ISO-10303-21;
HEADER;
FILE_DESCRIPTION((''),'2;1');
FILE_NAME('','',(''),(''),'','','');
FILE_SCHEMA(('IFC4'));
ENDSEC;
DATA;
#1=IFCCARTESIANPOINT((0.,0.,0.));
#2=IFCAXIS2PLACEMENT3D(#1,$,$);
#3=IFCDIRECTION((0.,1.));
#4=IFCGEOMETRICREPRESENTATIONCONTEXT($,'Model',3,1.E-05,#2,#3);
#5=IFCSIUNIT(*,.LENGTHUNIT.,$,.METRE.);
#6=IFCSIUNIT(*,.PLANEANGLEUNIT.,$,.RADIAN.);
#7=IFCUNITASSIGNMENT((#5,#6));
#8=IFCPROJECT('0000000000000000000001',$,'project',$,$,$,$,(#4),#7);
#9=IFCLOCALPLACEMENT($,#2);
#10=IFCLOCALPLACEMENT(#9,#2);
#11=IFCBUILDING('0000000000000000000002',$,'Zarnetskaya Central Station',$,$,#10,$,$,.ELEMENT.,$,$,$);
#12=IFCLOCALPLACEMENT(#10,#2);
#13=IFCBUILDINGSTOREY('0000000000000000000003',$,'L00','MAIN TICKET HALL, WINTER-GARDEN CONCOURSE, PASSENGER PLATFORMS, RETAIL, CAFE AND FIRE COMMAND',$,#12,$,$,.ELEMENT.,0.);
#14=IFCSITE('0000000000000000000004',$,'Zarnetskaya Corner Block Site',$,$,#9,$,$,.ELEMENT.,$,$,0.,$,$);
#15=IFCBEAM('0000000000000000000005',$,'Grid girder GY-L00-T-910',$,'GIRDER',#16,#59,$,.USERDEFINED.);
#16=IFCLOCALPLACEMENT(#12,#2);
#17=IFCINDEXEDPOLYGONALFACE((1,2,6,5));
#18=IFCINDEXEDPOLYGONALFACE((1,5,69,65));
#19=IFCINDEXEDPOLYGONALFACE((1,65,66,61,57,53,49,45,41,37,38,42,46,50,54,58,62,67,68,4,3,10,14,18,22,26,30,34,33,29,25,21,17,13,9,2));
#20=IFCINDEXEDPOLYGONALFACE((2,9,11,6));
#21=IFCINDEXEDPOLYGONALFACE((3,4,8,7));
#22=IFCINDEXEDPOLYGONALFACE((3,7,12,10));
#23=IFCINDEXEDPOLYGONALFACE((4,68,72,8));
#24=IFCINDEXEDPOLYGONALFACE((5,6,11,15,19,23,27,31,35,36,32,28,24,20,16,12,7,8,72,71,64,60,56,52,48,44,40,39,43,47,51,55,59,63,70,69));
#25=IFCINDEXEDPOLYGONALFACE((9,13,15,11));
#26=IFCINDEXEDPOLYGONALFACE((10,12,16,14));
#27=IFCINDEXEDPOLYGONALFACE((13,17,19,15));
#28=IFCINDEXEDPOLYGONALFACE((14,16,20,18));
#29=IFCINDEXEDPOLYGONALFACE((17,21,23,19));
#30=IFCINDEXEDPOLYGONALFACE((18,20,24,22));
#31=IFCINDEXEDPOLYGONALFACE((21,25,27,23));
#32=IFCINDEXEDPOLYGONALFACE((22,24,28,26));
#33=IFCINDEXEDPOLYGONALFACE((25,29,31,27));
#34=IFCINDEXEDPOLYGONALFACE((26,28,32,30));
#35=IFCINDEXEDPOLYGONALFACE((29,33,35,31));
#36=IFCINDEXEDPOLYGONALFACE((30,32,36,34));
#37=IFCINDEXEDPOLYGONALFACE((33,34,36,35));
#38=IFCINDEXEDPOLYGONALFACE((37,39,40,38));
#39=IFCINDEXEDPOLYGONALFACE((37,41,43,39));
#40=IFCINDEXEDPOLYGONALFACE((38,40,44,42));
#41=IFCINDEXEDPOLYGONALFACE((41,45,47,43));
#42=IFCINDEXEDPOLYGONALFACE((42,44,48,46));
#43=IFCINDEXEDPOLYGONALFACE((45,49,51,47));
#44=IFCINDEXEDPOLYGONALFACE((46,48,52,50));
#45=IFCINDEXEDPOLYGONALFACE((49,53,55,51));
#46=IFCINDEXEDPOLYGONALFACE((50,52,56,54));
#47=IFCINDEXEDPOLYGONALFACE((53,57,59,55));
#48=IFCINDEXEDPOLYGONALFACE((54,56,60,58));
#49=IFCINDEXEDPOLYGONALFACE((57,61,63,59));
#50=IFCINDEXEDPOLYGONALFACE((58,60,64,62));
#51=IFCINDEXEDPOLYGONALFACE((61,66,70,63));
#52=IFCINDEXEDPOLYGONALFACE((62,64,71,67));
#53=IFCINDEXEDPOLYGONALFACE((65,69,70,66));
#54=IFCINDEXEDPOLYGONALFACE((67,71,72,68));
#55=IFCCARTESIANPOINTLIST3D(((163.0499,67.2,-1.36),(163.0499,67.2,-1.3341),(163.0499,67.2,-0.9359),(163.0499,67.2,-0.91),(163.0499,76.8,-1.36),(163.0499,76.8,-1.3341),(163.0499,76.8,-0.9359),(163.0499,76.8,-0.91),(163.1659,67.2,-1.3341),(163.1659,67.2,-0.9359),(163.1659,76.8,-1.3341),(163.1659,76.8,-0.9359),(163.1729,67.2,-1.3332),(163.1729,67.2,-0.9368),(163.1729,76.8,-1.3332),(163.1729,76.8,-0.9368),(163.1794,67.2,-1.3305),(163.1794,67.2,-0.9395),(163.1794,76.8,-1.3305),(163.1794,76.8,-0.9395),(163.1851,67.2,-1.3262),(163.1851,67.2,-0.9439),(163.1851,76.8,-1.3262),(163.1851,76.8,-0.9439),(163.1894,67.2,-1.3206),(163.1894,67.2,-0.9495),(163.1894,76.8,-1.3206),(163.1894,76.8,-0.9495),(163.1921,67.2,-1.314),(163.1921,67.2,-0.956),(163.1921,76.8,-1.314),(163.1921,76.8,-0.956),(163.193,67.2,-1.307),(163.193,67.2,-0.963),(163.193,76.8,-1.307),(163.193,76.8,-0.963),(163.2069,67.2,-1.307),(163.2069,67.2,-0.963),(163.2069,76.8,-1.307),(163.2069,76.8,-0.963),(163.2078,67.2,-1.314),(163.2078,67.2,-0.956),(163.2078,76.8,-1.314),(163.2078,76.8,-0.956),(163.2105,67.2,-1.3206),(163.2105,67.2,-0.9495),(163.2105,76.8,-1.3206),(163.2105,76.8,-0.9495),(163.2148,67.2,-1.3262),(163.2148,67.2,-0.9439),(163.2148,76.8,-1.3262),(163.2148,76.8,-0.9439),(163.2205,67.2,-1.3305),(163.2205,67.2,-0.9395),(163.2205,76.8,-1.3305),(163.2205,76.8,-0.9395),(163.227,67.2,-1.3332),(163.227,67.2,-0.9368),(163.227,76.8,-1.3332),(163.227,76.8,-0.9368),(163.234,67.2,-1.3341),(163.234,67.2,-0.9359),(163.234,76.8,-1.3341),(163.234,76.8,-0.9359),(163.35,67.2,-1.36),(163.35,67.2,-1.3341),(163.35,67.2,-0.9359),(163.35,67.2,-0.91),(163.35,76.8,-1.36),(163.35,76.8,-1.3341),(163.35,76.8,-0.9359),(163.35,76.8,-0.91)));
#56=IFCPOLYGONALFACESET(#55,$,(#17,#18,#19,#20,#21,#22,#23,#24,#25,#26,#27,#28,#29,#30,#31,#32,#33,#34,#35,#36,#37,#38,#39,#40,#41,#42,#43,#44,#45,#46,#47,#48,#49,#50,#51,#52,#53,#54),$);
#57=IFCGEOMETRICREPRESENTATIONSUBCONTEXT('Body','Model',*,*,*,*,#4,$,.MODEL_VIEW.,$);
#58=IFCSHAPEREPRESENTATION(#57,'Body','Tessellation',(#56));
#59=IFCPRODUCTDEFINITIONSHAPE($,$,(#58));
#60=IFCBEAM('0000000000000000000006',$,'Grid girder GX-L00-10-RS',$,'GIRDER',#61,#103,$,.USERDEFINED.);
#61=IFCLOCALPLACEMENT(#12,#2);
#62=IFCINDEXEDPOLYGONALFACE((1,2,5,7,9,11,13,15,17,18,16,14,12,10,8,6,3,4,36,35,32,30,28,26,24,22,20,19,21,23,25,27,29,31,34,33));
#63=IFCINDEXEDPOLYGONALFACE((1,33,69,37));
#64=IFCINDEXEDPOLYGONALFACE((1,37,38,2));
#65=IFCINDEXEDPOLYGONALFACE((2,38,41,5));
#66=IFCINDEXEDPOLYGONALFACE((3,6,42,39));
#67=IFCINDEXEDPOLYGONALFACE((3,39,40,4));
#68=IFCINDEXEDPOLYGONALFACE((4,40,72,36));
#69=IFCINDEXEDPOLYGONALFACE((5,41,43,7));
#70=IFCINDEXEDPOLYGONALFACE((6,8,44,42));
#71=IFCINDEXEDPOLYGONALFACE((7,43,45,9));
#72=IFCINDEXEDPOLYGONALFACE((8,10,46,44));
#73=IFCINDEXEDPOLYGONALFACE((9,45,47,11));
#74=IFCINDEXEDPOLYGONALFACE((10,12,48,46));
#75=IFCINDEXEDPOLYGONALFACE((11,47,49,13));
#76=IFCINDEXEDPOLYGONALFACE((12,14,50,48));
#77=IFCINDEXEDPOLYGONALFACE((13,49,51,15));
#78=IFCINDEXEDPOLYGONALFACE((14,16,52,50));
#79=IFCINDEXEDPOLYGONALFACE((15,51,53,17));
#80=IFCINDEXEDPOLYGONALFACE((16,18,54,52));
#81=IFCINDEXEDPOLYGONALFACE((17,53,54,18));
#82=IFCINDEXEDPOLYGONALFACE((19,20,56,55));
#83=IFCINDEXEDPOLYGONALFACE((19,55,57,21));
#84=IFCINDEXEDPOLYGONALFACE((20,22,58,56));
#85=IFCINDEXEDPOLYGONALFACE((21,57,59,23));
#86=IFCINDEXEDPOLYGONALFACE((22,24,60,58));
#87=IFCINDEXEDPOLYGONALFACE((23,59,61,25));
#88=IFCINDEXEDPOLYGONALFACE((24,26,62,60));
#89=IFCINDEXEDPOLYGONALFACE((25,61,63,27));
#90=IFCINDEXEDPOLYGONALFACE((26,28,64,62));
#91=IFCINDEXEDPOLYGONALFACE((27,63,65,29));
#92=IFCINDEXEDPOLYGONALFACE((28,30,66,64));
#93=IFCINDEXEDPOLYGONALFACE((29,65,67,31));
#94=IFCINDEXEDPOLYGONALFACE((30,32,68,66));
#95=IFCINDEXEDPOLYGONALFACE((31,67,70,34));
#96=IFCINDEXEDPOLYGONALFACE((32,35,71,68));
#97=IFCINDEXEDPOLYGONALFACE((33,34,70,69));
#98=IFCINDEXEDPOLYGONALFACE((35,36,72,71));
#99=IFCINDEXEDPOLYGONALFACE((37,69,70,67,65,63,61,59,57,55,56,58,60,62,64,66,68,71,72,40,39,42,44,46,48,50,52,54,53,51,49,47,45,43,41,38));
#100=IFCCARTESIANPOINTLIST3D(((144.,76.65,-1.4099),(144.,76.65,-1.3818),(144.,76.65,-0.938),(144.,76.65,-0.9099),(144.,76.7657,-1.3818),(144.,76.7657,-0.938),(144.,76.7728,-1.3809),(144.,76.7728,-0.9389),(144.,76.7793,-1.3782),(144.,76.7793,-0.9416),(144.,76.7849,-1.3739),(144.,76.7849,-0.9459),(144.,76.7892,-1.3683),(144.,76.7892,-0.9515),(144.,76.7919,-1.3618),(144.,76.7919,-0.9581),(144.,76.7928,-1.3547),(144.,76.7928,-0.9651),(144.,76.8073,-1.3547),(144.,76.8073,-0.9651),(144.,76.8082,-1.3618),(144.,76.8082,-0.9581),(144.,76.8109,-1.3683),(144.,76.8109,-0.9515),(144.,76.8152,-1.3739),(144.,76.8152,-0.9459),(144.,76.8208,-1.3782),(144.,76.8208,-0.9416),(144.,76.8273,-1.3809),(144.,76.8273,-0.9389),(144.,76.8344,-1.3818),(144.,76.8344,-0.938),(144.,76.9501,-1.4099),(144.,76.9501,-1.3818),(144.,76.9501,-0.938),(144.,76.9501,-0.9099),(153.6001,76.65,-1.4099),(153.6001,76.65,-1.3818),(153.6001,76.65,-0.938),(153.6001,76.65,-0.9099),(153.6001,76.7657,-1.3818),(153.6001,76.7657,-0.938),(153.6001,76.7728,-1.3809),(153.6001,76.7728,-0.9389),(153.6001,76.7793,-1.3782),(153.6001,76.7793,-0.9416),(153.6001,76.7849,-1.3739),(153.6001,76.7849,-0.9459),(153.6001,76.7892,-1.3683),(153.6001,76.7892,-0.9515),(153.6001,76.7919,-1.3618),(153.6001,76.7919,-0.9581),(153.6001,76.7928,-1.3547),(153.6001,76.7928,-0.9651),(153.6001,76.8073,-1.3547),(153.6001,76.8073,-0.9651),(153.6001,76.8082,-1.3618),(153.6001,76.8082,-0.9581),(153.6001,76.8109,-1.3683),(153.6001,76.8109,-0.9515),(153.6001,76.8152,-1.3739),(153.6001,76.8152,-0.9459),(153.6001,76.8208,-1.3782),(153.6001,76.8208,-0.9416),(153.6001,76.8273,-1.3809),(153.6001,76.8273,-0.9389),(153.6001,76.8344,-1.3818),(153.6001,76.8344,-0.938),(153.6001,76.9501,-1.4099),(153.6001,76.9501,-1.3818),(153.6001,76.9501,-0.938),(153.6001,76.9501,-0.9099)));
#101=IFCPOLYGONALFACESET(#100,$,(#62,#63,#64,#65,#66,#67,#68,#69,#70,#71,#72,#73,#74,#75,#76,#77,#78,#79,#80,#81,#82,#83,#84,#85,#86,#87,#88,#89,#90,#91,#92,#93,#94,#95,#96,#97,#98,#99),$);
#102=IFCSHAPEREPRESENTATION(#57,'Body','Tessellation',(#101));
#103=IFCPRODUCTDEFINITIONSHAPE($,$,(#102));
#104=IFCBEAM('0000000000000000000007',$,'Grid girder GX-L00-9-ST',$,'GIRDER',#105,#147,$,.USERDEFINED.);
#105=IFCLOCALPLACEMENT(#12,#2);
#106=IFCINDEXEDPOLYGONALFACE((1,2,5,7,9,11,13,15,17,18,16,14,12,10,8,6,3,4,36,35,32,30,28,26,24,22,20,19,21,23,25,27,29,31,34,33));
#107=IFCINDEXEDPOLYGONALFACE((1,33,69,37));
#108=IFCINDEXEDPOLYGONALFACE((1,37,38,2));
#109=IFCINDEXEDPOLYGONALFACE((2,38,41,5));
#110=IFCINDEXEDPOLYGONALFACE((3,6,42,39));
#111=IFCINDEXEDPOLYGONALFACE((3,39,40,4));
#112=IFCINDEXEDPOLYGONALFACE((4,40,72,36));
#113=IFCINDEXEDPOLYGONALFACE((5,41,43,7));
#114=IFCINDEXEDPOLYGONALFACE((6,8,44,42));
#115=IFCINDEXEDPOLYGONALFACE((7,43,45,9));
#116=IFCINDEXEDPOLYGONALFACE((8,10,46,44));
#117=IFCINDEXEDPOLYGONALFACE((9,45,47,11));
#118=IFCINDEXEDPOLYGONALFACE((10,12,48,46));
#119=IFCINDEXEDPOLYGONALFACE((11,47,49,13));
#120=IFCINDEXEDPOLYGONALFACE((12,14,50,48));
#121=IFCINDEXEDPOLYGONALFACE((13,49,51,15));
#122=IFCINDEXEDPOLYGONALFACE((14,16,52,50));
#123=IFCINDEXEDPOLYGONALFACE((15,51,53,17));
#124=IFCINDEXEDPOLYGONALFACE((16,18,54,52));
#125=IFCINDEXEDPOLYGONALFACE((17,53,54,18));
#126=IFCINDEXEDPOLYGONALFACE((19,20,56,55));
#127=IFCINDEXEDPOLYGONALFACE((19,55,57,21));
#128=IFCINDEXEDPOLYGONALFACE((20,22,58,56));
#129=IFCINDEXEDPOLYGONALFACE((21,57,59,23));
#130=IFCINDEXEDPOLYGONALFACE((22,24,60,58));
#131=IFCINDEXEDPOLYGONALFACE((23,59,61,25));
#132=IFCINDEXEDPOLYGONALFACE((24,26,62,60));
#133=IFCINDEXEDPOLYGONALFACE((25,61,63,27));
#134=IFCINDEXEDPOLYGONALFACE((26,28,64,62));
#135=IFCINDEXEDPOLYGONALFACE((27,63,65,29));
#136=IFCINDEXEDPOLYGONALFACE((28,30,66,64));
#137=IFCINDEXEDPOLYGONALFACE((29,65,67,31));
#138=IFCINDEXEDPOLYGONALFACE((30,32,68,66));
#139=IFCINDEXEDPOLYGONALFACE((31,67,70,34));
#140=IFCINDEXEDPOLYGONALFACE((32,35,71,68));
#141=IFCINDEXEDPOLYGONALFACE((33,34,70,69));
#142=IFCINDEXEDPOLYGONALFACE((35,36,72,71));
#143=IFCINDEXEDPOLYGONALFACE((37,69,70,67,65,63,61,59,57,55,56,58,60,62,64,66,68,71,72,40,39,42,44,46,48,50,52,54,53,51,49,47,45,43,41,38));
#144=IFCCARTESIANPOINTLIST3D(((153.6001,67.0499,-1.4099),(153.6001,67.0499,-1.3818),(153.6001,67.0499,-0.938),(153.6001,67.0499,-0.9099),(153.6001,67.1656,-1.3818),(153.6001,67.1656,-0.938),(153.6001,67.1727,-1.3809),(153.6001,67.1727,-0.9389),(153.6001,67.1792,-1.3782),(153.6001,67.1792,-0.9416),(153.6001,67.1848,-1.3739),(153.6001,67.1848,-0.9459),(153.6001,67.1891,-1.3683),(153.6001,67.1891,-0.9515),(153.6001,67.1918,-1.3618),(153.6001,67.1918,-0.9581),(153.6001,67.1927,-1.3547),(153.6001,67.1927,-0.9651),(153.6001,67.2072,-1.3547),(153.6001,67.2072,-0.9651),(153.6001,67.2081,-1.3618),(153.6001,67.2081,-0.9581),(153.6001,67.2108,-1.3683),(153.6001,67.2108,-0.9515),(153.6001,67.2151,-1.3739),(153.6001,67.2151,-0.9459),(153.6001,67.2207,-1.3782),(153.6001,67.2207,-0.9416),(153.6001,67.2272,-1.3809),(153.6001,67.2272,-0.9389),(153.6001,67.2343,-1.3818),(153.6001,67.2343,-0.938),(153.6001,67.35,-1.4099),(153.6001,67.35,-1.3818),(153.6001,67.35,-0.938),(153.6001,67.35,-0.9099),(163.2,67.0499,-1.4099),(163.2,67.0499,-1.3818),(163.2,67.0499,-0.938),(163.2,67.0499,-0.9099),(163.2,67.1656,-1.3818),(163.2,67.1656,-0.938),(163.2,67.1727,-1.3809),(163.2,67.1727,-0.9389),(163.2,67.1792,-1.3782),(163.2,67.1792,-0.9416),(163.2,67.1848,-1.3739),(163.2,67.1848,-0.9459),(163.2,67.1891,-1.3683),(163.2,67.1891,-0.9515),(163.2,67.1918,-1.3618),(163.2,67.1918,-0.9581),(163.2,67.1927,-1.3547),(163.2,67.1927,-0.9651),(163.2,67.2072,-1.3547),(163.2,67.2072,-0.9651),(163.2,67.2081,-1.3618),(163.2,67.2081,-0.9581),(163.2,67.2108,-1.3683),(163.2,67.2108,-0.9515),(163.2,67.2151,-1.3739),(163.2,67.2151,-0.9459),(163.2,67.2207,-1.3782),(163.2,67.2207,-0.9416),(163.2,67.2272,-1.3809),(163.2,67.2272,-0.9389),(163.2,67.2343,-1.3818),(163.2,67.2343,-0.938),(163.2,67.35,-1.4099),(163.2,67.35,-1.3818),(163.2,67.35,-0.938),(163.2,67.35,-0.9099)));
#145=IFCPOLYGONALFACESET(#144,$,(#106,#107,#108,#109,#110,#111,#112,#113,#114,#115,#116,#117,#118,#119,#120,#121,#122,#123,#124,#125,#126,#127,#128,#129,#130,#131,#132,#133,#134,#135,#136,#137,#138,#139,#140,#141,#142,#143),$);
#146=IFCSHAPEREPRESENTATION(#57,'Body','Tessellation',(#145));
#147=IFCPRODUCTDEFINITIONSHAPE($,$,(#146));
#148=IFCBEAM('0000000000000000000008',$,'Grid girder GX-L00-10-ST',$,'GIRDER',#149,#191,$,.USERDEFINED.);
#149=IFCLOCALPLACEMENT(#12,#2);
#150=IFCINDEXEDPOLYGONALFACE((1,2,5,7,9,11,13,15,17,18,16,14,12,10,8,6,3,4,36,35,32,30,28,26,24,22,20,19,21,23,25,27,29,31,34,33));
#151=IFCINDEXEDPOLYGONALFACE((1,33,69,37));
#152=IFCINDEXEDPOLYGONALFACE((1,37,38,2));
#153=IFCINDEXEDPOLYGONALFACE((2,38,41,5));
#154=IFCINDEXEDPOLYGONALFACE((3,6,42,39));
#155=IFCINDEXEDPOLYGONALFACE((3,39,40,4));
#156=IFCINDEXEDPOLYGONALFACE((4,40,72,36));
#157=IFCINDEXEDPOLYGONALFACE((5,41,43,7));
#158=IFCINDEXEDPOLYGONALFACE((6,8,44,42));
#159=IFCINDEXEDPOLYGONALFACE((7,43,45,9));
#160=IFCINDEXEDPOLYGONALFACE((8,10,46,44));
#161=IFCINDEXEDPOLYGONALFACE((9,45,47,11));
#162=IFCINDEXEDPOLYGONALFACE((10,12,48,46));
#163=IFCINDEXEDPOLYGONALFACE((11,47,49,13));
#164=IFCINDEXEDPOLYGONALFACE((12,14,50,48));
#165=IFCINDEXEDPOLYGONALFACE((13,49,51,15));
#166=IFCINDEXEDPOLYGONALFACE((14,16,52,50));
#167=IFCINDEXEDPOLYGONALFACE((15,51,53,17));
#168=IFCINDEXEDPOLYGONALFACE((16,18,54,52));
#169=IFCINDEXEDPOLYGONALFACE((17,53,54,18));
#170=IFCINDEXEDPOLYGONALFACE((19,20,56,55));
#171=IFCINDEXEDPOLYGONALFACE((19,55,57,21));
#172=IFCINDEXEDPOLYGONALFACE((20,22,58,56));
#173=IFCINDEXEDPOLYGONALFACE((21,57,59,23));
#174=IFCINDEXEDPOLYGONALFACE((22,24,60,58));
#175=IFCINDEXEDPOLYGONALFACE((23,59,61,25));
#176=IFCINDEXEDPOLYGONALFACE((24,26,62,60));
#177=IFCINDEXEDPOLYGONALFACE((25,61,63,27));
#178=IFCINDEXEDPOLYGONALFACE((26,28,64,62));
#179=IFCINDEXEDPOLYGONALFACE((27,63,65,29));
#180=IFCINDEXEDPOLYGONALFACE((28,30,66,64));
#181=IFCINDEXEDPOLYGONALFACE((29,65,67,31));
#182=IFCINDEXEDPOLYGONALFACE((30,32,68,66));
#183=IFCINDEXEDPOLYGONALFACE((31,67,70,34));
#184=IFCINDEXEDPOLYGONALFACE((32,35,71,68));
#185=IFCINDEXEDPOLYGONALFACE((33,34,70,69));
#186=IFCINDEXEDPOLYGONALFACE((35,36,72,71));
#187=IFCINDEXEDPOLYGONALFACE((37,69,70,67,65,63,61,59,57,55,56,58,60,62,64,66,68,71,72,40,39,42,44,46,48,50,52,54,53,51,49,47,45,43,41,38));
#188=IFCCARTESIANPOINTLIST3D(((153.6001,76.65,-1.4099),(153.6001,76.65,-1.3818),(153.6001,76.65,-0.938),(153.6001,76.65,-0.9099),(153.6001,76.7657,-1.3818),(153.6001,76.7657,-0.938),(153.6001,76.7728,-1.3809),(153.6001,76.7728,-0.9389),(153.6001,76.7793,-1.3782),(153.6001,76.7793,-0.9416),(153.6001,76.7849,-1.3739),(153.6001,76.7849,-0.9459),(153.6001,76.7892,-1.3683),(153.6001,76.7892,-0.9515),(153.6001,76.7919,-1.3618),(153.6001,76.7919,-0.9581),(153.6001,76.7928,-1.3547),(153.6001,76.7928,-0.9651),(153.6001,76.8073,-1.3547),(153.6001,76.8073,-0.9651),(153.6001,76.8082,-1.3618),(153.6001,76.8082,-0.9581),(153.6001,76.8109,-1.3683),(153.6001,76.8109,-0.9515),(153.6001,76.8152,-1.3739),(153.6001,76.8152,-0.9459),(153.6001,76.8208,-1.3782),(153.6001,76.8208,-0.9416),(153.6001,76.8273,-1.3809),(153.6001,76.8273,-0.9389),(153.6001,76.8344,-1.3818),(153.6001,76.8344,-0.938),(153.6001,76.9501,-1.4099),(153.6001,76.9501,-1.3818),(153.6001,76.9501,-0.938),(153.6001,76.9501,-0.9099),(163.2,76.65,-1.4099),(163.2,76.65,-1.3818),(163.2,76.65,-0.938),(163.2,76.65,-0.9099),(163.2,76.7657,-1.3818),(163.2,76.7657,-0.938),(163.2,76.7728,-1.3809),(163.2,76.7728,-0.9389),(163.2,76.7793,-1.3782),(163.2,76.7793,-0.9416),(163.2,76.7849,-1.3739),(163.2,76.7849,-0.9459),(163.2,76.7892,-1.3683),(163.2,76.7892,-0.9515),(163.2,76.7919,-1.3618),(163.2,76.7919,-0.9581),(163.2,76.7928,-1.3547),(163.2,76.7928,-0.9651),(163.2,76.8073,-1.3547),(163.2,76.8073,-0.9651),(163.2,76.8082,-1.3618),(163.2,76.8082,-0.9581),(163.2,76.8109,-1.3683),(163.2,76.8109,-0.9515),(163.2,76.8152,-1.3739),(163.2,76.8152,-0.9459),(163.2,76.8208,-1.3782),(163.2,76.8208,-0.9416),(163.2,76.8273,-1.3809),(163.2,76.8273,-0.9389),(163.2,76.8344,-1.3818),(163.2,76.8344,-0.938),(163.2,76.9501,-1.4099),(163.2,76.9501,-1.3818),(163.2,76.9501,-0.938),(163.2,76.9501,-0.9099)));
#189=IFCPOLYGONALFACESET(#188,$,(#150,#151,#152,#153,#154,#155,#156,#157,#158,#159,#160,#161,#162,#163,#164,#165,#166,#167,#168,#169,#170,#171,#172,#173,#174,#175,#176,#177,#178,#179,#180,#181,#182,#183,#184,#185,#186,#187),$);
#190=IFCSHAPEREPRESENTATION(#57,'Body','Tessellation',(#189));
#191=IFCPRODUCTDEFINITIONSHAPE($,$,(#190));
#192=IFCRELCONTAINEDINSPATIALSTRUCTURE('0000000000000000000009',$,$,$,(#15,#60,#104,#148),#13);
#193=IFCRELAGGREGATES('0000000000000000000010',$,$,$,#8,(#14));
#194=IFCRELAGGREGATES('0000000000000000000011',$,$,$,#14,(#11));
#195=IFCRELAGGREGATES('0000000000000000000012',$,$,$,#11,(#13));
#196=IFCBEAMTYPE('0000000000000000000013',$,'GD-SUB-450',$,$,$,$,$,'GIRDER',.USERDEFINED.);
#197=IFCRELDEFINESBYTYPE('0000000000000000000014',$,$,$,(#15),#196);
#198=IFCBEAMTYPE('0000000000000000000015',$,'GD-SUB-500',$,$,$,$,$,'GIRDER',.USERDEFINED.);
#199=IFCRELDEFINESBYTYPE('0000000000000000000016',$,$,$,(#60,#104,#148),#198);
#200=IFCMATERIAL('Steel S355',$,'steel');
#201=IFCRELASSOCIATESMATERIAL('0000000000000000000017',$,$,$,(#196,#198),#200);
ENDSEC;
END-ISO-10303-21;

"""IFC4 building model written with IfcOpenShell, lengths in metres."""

from ifc_helpers import new_model, si_unit, direction, frame, origin, origin_2d, place, context, subcontext, project, spatial, i_section, extrude, material, material_profile, profile_set, type_object, element, save


model = new_model("IFC4")

# Units and contexts
model_context = context("Model", 3, precision=1e-05, world=origin(), true_north=direction((0.0, 1.0)))
body_context = subcontext(model_context, "Body", "Model", "MODEL_VIEW")
ifc_project = project(units=[si_unit("LENGTHUNIT", "METRE"), si_unit("PLANEANGLEUNIT", "RADIAN")], contexts=[model_context])

# Site, building, storey
site_placement = place(None, origin())
site = spatial("IfcSite", under=ifc_project, at=site_placement, Name="Zarnetskaya Corner Block Site", CompositionType="ELEMENT", RefElevation=0.0)
building_placement = place(site_placement, origin())
building = spatial("IfcBuilding", under=site, at=building_placement, Name="Zarnetskaya Central Station", CompositionType="ELEMENT")
storey_placement = place(building_placement, origin())
storey = spatial("IfcBuildingStorey", under=building, at=storey_placement, Name="L00", Description="MAIN TICKET HALL, WINTER-GARDEN CONCOURSE, PASSENGER PLATFORMS, RETAIL, CAFE AND FIRE COMMAND", CompositionType="ELEMENT", Elevation=0.0)

# Shared definitions
ifc_material = material(Name="Steel S355", Category="steel")

# Beams
ifc_material_profile_1 = material_profile(ifc_material, i_section(OverallWidth=0.3, OverallDepth=0.45, WebThickness=0.0139, FlangeThickness=0.0259, FilletRadius=0.0271, at=origin_2d()), Name="HEB 450")
ifc_profile_set_1 = profile_set([ifc_material_profile_1], Name="Steel S355")
beam_type_1 = type_object("IfcBeamType", Name="GD-SUB-450", ElementType="GIRDER", PredefinedType="USERDEFINED", material=ifc_profile_set_1)
beam_1_placement = place(storey_placement, frame((163.2, 67.2, -1.135), z_axis=(0.0, 1.0, 0.0), x_axis=(-1.0, 0.0, 0.0)))
element("IfcBeam", 1, at=beam_1_placement, inside=storey, type_object=beam_type_1, Name="Grid girder GY-L00-T-910", ObjectType="GIRDER", PredefinedType="USERDEFINED", context=body_context, shape_type="SweptSolid", body=[
    extrude(i_section(OverallWidth=0.3, OverallDepth=0.45, WebThickness=0.0139, FlangeThickness=0.0259, FilletRadius=0.0271, at=origin_2d()), origin(), (0.0, 0.0, 1.0), 9.6001),
])
ifc_material_profile_2 = material_profile(ifc_material, i_section(OverallWidth=0.3, OverallDepth=0.5, WebThickness=0.0144, FlangeThickness=0.0281, FilletRadius=0.0271, at=origin_2d()), Name="HEB 500")
ifc_profile_set_2 = profile_set([ifc_material_profile_2], Name="Steel S355")
beam_type_2 = type_object("IfcBeamType", Name="GD-SUB-500", ElementType="GIRDER", PredefinedType="USERDEFINED", material=ifc_profile_set_2)
beam_2_placement = place(storey_placement, frame((144.0, 76.8, -1.1599), z_axis=(1.0, 0.0, 0.0), x_axis=(0.0, 1.0, 0.0)))
element("IfcBeam", 2, at=beam_2_placement, inside=storey, type_object=beam_type_2, Name="Grid girder GX-L00-10-RS", ObjectType="GIRDER", PredefinedType="USERDEFINED", context=body_context, shape_type="SweptSolid", body=[
    extrude(i_section(OverallWidth=0.3, OverallDepth=0.5, WebThickness=0.0144, FlangeThickness=0.0281, FilletRadius=0.0271, at=origin_2d()), origin(), (0.0, 0.0, 1.0), 9.6001),
])
for number, where, z_axis, x_axis, name in (
    (3, (153.6001, 67.2, -1.1599), (1.0, 0.0, 0.0), (0.0, 1.0, 0.0), "Grid girder GX-L00-9-ST"),
    (4, (153.6001, 76.8, -1.1599), (1.0, 0.0, 0.0), (0.0, 1.0, 0.0), "Grid girder GX-L00-10-ST"),
):
    element("IfcBeam", number, at=place(storey_placement, frame(where, z_axis=z_axis, x_axis=x_axis)), inside=storey, type_object=beam_type_2, Name=name, ObjectType="GIRDER", PredefinedType="USERDEFINED", context=body_context, shape_type="SweptSolid", body=[
        extrude(i_section(OverallWidth=0.3, OverallDepth=0.5, WebThickness=0.0144, FlangeThickness=0.0281, FilletRadius=0.0271, at=origin_2d()), origin(), (0.0, 0.0, 1.0), 9.5999),
    ])

save(model, "model.ifc")
